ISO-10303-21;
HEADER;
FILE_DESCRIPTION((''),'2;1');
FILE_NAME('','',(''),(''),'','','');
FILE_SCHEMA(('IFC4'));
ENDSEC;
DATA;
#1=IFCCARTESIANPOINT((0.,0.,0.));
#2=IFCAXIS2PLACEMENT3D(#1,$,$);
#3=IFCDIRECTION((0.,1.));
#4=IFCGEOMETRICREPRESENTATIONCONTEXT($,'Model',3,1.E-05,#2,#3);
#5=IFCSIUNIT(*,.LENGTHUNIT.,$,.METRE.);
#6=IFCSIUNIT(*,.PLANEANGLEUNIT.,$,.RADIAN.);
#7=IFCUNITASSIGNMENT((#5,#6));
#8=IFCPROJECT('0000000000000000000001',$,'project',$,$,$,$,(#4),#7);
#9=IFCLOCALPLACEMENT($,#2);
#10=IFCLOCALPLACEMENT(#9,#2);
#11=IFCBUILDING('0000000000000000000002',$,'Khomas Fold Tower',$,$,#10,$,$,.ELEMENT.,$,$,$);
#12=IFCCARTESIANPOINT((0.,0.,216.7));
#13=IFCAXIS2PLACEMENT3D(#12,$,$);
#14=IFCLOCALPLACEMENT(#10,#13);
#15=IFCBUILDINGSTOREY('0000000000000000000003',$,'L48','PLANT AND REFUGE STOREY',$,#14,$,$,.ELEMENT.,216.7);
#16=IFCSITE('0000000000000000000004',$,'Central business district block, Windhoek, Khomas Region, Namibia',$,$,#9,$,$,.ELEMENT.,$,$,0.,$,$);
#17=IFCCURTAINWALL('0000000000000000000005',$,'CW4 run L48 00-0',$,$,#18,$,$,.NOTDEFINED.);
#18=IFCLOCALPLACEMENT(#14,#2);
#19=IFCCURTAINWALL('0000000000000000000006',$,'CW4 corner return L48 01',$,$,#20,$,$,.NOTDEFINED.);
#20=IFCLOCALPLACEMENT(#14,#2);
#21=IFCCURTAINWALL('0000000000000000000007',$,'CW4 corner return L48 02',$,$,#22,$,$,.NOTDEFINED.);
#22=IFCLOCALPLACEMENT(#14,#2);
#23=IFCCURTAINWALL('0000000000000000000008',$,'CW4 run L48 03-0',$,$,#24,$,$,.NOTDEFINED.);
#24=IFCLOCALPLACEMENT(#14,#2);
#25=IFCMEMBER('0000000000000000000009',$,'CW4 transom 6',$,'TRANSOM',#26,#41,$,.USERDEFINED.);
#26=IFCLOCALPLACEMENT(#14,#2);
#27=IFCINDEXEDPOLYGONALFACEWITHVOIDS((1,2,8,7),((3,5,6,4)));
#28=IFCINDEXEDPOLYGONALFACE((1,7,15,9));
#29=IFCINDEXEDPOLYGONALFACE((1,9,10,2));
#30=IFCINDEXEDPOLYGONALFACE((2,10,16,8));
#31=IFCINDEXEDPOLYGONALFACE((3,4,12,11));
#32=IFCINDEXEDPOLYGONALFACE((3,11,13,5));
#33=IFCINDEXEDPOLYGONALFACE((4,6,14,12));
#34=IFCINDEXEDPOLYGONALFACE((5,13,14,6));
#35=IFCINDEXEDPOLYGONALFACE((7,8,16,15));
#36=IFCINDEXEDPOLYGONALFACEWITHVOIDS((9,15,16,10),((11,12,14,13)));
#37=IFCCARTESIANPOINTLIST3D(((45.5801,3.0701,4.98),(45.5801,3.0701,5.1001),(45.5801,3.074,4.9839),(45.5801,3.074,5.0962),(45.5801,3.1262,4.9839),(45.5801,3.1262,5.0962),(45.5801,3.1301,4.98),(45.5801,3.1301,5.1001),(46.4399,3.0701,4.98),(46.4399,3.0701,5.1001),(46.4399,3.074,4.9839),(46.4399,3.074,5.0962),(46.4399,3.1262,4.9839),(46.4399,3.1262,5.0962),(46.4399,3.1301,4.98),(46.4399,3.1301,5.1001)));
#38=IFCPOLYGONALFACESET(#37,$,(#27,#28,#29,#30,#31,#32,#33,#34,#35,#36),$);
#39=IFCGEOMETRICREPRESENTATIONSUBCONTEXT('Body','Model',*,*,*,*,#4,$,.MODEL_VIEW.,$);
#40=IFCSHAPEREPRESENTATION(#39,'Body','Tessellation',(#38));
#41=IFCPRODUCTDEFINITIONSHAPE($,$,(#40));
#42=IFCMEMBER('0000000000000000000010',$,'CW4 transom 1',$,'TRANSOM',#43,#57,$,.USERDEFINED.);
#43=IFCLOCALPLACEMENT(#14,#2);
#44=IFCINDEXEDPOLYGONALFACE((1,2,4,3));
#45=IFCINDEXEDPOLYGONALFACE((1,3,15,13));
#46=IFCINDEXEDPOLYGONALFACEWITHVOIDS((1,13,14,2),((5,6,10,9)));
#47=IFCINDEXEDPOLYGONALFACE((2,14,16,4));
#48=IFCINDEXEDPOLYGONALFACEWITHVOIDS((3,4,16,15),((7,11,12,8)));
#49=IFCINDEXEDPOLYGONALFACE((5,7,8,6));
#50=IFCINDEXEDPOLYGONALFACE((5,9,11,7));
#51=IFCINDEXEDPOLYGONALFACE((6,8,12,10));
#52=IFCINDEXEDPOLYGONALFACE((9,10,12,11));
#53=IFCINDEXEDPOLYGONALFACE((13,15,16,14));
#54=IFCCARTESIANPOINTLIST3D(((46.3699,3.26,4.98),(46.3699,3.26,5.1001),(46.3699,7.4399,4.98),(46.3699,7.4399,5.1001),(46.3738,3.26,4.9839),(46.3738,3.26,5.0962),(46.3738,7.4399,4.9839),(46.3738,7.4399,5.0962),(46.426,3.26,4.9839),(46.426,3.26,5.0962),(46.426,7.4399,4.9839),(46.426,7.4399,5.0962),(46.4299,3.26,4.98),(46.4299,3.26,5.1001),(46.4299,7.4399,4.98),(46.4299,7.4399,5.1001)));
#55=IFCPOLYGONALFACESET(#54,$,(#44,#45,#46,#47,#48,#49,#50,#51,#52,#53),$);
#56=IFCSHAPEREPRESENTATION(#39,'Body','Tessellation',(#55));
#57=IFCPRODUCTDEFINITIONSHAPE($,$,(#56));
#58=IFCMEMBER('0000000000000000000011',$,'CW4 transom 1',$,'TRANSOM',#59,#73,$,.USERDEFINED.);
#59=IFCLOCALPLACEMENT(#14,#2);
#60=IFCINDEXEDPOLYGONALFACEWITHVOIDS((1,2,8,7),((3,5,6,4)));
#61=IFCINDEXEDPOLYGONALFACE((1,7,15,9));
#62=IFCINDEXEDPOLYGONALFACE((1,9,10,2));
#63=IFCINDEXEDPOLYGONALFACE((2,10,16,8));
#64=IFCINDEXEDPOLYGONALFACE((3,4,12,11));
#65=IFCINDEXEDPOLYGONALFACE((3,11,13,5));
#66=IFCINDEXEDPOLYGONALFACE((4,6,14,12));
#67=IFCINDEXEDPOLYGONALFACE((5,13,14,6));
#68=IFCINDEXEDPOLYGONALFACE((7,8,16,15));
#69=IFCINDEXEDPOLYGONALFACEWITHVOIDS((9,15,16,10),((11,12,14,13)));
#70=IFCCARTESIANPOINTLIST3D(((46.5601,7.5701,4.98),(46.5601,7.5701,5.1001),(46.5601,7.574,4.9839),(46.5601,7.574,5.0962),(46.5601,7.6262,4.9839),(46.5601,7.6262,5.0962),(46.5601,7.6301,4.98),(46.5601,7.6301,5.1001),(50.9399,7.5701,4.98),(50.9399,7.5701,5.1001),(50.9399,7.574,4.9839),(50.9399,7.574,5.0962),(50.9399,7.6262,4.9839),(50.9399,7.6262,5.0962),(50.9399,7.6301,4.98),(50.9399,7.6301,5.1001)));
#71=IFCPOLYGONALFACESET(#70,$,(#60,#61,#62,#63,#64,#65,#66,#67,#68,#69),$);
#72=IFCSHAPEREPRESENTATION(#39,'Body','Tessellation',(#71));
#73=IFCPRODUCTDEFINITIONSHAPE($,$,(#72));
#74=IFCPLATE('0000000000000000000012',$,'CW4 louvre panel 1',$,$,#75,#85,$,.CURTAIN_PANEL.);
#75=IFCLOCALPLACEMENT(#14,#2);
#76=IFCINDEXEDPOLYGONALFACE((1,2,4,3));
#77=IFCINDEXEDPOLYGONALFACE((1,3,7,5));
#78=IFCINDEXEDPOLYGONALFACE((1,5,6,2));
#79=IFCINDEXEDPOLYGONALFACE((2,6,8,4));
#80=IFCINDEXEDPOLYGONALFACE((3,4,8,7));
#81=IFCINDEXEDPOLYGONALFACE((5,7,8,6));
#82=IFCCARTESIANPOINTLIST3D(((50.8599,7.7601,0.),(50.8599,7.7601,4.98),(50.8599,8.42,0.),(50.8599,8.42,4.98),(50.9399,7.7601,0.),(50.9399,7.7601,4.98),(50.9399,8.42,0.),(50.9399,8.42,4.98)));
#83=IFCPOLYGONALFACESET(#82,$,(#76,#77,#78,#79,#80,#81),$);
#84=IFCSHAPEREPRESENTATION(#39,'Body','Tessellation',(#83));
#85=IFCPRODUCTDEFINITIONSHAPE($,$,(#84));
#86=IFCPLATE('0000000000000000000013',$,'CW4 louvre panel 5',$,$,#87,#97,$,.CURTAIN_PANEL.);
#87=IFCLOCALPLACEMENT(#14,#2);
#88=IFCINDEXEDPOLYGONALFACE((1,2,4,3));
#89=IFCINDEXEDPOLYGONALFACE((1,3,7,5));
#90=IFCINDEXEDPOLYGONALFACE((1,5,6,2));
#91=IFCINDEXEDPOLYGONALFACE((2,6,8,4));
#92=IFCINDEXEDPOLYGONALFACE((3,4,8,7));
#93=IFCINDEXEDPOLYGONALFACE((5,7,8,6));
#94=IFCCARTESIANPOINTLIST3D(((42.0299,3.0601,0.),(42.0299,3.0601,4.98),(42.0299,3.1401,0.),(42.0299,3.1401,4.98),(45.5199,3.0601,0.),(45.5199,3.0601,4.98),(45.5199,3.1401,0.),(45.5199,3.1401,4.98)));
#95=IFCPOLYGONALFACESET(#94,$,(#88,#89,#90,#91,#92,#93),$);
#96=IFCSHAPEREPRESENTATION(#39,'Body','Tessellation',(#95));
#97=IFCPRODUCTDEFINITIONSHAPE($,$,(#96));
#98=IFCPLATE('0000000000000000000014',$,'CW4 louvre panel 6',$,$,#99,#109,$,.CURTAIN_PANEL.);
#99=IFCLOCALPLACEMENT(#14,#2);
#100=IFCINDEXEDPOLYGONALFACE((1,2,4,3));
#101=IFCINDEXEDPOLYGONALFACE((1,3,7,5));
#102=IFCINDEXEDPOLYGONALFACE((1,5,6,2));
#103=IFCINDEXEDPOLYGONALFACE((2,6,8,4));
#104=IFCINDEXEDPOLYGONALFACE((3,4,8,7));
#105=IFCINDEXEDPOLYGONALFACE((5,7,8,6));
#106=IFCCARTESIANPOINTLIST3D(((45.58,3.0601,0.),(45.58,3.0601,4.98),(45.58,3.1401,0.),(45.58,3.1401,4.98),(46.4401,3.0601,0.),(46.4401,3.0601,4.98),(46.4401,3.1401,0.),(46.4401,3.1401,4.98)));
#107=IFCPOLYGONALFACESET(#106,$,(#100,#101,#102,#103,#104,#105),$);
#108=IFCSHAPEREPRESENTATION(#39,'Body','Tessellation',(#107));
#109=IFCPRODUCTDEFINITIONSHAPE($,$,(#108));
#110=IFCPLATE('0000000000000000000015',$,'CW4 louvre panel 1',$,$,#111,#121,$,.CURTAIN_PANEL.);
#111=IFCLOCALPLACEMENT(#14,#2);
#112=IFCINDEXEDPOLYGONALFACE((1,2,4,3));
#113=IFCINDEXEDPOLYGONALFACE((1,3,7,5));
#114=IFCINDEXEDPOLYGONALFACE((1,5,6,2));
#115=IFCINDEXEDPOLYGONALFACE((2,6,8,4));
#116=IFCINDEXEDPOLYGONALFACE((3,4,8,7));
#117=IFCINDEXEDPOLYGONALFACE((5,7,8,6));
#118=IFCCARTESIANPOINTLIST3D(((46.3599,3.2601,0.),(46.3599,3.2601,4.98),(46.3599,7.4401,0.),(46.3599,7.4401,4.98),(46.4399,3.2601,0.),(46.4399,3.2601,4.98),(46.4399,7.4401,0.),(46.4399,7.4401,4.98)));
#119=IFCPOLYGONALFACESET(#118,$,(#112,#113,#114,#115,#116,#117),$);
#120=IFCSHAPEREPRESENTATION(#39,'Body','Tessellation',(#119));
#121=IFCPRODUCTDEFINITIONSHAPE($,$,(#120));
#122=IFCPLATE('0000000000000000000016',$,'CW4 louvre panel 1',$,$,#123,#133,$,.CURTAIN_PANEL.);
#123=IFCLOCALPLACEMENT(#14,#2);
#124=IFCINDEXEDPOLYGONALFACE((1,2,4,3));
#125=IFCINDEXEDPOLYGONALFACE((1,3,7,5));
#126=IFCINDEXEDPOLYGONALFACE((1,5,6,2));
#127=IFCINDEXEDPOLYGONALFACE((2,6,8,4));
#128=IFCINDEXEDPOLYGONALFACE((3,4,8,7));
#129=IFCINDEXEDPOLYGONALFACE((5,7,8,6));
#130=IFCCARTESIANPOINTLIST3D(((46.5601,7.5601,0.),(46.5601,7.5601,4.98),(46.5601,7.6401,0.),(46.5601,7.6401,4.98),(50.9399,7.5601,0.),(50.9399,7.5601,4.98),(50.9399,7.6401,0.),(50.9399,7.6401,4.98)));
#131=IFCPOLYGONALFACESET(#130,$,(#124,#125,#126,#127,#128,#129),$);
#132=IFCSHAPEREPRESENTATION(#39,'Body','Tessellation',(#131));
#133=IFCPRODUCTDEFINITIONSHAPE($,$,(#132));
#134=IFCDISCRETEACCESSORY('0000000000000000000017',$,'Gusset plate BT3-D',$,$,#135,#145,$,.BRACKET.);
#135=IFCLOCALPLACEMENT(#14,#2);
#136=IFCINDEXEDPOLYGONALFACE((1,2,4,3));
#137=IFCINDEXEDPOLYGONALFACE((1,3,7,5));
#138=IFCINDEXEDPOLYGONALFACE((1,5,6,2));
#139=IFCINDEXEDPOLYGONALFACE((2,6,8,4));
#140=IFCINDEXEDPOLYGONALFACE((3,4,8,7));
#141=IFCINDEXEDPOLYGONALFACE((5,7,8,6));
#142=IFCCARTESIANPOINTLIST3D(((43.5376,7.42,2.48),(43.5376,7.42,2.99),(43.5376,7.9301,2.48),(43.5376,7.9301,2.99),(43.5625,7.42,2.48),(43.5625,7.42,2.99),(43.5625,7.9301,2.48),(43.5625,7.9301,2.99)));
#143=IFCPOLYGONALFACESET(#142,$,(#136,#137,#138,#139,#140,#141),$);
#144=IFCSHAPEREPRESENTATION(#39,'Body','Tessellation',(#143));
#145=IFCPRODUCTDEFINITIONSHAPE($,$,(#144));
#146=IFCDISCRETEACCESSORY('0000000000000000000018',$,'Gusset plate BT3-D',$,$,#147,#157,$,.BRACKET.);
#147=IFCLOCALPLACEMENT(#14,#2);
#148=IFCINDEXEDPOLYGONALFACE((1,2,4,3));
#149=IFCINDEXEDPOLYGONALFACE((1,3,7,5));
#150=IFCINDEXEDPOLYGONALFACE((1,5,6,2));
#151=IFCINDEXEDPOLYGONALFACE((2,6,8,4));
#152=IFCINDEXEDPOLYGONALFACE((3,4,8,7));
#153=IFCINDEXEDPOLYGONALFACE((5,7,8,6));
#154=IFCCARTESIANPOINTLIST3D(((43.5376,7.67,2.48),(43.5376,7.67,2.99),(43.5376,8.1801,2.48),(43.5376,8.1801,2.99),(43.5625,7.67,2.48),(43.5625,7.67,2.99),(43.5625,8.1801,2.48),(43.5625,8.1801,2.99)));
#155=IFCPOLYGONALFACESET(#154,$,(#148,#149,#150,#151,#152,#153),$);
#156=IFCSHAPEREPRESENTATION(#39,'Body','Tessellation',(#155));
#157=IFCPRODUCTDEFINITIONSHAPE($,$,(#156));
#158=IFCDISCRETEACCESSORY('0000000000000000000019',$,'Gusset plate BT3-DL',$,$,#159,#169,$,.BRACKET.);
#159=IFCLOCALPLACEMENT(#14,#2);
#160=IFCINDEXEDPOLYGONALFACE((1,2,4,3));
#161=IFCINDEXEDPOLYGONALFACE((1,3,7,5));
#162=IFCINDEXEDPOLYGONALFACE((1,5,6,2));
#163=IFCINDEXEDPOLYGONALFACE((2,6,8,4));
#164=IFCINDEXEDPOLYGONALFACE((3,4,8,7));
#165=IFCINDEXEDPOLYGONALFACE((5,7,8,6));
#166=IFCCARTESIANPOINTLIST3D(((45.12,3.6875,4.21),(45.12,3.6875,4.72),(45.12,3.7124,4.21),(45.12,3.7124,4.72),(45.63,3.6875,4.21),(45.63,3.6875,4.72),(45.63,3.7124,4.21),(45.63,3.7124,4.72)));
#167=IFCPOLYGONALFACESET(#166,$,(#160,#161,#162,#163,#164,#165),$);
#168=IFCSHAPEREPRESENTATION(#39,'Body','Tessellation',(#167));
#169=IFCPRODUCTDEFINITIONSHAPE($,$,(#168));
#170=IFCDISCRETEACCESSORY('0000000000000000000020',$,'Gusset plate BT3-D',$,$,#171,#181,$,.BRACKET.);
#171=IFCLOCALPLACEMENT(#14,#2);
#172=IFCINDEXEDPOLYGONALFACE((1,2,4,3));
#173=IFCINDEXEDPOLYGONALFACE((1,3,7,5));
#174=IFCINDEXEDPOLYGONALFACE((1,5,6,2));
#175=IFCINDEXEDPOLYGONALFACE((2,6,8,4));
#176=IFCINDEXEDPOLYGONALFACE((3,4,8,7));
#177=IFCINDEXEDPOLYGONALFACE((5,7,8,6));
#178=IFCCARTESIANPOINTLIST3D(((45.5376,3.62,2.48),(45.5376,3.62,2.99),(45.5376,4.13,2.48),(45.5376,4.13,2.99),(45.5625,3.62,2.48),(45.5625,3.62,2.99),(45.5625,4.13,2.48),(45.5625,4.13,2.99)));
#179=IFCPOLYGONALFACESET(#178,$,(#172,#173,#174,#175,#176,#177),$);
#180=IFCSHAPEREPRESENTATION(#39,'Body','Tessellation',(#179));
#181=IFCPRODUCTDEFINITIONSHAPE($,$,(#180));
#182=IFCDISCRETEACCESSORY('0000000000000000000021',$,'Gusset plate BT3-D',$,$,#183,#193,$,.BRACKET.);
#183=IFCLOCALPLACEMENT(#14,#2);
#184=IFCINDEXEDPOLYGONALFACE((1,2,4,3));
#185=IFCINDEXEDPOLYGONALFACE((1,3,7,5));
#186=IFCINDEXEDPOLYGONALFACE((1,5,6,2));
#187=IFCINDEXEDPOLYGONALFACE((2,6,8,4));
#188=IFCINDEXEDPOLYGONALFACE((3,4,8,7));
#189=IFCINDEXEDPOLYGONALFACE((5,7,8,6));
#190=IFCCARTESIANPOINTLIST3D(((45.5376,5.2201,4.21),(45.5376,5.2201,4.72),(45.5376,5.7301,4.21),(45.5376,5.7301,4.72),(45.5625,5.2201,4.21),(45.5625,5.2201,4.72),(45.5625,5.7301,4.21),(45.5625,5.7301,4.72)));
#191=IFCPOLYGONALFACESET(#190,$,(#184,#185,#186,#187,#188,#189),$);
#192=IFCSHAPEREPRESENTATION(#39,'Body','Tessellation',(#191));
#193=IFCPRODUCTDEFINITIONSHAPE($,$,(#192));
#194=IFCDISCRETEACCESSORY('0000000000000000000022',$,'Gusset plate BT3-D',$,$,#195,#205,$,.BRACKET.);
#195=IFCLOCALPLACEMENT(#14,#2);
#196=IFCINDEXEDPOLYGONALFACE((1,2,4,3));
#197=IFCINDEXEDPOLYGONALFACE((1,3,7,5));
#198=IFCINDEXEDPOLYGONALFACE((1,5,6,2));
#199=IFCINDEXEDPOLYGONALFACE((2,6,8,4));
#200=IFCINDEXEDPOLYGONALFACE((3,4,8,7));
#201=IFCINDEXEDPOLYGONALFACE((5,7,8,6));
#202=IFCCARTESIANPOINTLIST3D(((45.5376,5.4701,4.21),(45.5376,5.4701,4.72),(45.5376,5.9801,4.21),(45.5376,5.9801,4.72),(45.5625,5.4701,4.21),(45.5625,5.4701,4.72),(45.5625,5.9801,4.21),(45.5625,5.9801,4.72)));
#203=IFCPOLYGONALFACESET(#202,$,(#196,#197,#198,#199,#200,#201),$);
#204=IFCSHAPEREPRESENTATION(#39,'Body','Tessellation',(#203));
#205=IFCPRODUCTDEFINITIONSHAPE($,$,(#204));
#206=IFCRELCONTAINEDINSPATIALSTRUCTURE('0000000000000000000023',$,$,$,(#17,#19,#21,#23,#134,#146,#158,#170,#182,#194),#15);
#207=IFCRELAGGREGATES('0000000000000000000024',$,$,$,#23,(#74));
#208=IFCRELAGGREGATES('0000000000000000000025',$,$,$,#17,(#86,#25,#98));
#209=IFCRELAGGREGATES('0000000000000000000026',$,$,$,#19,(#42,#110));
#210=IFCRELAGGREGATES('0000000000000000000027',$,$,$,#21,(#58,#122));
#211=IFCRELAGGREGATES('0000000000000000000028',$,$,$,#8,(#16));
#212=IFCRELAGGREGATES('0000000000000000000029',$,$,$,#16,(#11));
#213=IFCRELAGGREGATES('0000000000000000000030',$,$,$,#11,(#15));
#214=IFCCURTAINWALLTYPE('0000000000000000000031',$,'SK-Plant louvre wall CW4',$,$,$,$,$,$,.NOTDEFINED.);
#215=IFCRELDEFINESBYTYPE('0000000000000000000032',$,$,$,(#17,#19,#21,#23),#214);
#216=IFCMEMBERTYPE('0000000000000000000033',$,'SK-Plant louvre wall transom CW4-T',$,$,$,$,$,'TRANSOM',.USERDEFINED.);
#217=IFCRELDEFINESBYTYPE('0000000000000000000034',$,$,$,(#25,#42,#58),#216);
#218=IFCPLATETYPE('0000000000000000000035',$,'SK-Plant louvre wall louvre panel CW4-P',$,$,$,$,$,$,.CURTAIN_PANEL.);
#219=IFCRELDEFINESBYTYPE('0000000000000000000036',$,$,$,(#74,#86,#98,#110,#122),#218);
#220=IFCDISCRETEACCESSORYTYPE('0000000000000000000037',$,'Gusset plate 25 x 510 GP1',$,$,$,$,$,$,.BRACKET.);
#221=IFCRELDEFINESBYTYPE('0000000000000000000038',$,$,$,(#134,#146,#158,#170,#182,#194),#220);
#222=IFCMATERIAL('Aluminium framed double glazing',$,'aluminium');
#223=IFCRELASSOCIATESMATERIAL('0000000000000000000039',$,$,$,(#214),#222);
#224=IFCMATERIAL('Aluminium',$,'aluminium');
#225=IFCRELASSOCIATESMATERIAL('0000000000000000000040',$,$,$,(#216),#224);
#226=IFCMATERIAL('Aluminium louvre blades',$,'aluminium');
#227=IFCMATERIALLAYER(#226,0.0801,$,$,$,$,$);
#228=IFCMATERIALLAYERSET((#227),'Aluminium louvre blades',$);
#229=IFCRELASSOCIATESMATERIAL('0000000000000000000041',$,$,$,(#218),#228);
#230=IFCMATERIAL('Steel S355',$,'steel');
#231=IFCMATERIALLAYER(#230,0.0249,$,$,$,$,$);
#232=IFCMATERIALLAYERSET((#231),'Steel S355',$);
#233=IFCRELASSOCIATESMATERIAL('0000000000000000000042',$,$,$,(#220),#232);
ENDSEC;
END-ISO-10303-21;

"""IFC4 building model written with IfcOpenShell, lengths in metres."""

from ifc_helpers import new_model, si_unit, direction, frame, origin, origin_2d, place, context, subcontext, project, spatial, rectangle, hollow_rectangle, extrude, source, transform, mapped, material, layer, layer_set, material_profile, profile_set, type_object, element, aggregate, save


model = new_model("IFC4")

# Units and contexts
model_context = context("Model", 3, precision=1e-05, world=origin(), true_north=direction((0.0, 1.0)))
body_context = subcontext(model_context, "Body", "Model", "MODEL_VIEW")
ifc_project = project(units=[si_unit("LENGTHUNIT", "METRE"), si_unit("PLANEANGLEUNIT", "RADIAN")], contexts=[model_context])

# Site, building, storey
site_placement = place(None, origin())
site = spatial("IfcSite", under=ifc_project, at=site_placement, Name="Central business district block, Windhoek, Khomas Region, Namibia", CompositionType="ELEMENT", RefElevation=0.0)
building_placement = place(site_placement, origin())
building = spatial("IfcBuilding", under=site, at=building_placement, Name="Khomas Fold Tower", CompositionType="ELEMENT")
storey_placement = place(building_placement, frame((0.0, 0.0, 216.7)))
storey = spatial("IfcBuildingStorey", under=building, at=storey_placement, Name="L48", Description="PLANT AND REFUGE STOREY", CompositionType="ELEMENT", Elevation=216.7)

# Curtain walls
ifc_material_1 = material(Name="Aluminium framed double glazing", Category="aluminium")
curtain_wall_type = type_object("IfcCurtainWallType", Name="SK-Plant louvre wall CW4", PredefinedType="NOTDEFINED", material=ifc_material_1)
curtain_wall_1_placement = place(storey_placement, origin())
curtain_wall_1 = element("IfcCurtainWall", 1, at=curtain_wall_1_placement, inside=storey, type_object=curtain_wall_type, Name="CW4 run L48 00-0", PredefinedType="NOTDEFINED")
curtain_wall_2_placement = place(storey_placement, origin())
curtain_wall_2 = element("IfcCurtainWall", 2, at=curtain_wall_2_placement, inside=storey, type_object=curtain_wall_type, Name="CW4 corner return L48 01", PredefinedType="NOTDEFINED")
curtain_wall_3_placement = place(storey_placement, origin())
curtain_wall_3 = element("IfcCurtainWall", 3, at=curtain_wall_3_placement, inside=storey, type_object=curtain_wall_type, Name="CW4 corner return L48 02", PredefinedType="NOTDEFINED")

# Curtain wall
curtain_wall_4_placement = place(storey_placement, origin())
curtain_wall_4 = element("IfcCurtainWall", 4, at=curtain_wall_4_placement, inside=storey, type_object=curtain_wall_type, Name="CW4 run L48 03-0", PredefinedType="NOTDEFINED")
ifc_material_2 = material(Name="Aluminium", Category="aluminium")
ifc_material_profile_1 = material_profile(ifc_material_2, hollow_rectangle(XDim=0.0601, YDim=0.1201, WallThickness=0.0039, at=origin_2d()), Name="SK-Plant louvre wall transom CW4-T")
ifc_profile_set_1 = profile_set([ifc_material_profile_1], Name="Aluminium")
member_type_1 = type_object("IfcMemberType", Name="SK-Plant louvre wall transom CW4-T", ElementType="TRANSOM", PredefinedType="USERDEFINED", material=ifc_profile_set_1)

# Members
shared_shape_1 = source(origin(), body_context, "Body", "SweptSolid", [
    extrude(hollow_rectangle(XDim=0.0601, YDim=0.1201, WallThickness=0.0039, at=origin_2d()), origin(), (0.0, 0.0, 1.0), 0.8599),
])
member_1_placement = place(storey_placement, frame((45.5801, 3.1001, 5.04), z_axis=(1.0, 0.0, 0.0), x_axis=(0.0, 1.0, 0.0)))
member_1 = element("IfcMember", 5, at=member_1_placement, type_object=member_type_1, Name="CW4 transom 6", ObjectType="TRANSOM", PredefinedType="USERDEFINED", context=body_context, shape_type="MappedRepresentation", body=[
    mapped(shared_shape_1, transform((0.0, 0.0, 0.0))),
])
shared_shape_2 = source(origin(), body_context, "Body", "SweptSolid", [
    extrude(hollow_rectangle(XDim=0.0601, YDim=0.1201, WallThickness=0.0039, at=origin_2d()), origin(), (0.0, 0.0, 1.0), 4.1799),
])
member_2_placement = place(storey_placement, frame((46.3999, 3.26, 5.04), z_axis=(0.0, 1.0, 0.0), x_axis=(-1.0, 0.0, 0.0)))
member_2 = element("IfcMember", 6, at=member_2_placement, type_object=member_type_1, Name="CW4 transom 1", ObjectType="TRANSOM", PredefinedType="USERDEFINED", context=body_context, shape_type="MappedRepresentation", body=[
    mapped(shared_shape_2, transform((0.0, 0.0, 0.0))),
])
shared_shape_3 = source(origin(), body_context, "Body", "SweptSolid", [
    extrude(hollow_rectangle(XDim=0.0601, YDim=0.1201, WallThickness=0.0039, at=origin_2d()), origin(), (0.0, 0.0, 1.0), 4.3799),
])
member_3_placement = place(storey_placement, frame((46.5601, 7.6001, 5.04), z_axis=(1.0, 0.0, 0.0), x_axis=(0.0, 1.0, 0.0)))
member_3 = element("IfcMember", 7, at=member_3_placement, type_object=member_type_1, Name="CW4 transom 1", ObjectType="TRANSOM", PredefinedType="USERDEFINED", context=body_context, shape_type="MappedRepresentation", body=[
    mapped(shared_shape_3, transform((0.0, 0.0, 0.0))),
])

# Plates
ifc_material_3 = material(Name="Aluminium louvre blades", Category="aluminium")
ifc_layer_1 = layer(ifc_material_3, 0.0801)
ifc_layer_set_1 = layer_set([ifc_layer_1], Name="Aluminium louvre blades")
plate_type = type_object("IfcPlateType", Name="SK-Plant louvre wall louvre panel CW4-P", PredefinedType="CURTAIN_PANEL", material=ifc_layer_set_1)
shared_shape_4 = source(origin(), body_context, "Body", "SweptSolid", [
    extrude(rectangle(XDim=0.6599, YDim=0.0801, at=origin_2d()), origin(), (0.0, 0.0, 1.0), 4.98),
])
plate_1_placement = place(storey_placement, frame((50.8999, 8.0901, 0.0), z_axis=(0.0, 0.0, 1.0), x_axis=(0.0, 1.0, 0.0)))
plate_1 = element("IfcPlate", 8, at=plate_1_placement, type_object=plate_type, Name="CW4 louvre panel 1", PredefinedType="CURTAIN_PANEL", context=body_context, shape_type="MappedRepresentation", body=[
    mapped(shared_shape_4, transform((0.0, 0.0, 0.0))),
])
aggregate(curtain_wall_4, [plate_1])
shared_shape_5 = source(origin(), body_context, "Body", "SweptSolid", [
    extrude(rectangle(XDim=3.49, YDim=0.0801, at=origin_2d()), origin(), (0.0, 0.0, 1.0), 4.98),
])
plate_2_placement = place(storey_placement, frame((43.7749, 3.1001, 0.0), z_axis=(0.0, 0.0, 1.0), x_axis=(1.0, 0.0, 0.0)))
plate_2 = element("IfcPlate", 9, at=plate_2_placement, type_object=plate_type, Name="CW4 louvre panel 5", PredefinedType="CURTAIN_PANEL", context=body_context, shape_type="MappedRepresentation", body=[
    mapped(shared_shape_5, transform((0.0, 0.0, 0.0))),
])
shared_shape_6 = source(origin(), body_context, "Body", "SweptSolid", [
    extrude(rectangle(XDim=0.8601, YDim=0.0801, at=origin_2d()), origin(), (0.0, 0.0, 1.0), 4.98),
])
plate_3_placement = place(storey_placement, frame((46.01, 3.1001, 0.0), z_axis=(0.0, 0.0, 1.0), x_axis=(1.0, 0.0, 0.0)))
plate_3 = element("IfcPlate", 10, at=plate_3_placement, type_object=plate_type, Name="CW4 louvre panel 6", PredefinedType="CURTAIN_PANEL", context=body_context, shape_type="MappedRepresentation", body=[
    mapped(shared_shape_6, transform((0.0, 0.0, 0.0))),
])
aggregate(curtain_wall_1, [plate_2, member_1, plate_3])
shared_shape_7 = source(origin(), body_context, "Body", "SweptSolid", [
    extrude(rectangle(XDim=4.1799, YDim=0.0801, at=origin_2d()), origin(), (0.0, 0.0, 1.0), 4.98),
])
plate_4_placement = place(storey_placement, frame((46.3999, 5.3501, 0.0), z_axis=(0.0, 0.0, 1.0), x_axis=(0.0, 1.0, 0.0)))
plate_4 = element("IfcPlate", 11, at=plate_4_placement, type_object=plate_type, Name="CW4 louvre panel 1", PredefinedType="CURTAIN_PANEL", context=body_context, shape_type="MappedRepresentation", body=[
    mapped(shared_shape_7, transform((0.0, 0.0, 0.0))),
])
aggregate(curtain_wall_2, [member_2, plate_4])
shared_shape_8 = source(origin(), body_context, "Body", "SweptSolid", [
    extrude(rectangle(XDim=4.3799, YDim=0.0801, at=origin_2d()), origin(), (0.0, 0.0, 1.0), 4.98),
])
plate_5_placement = place(storey_placement, frame((48.75, 7.6001, 0.0), z_axis=(0.0, 0.0, 1.0), x_axis=(1.0, 0.0, 0.0)))
plate_5 = element("IfcPlate", 12, at=plate_5_placement, type_object=plate_type, Name="CW4 louvre panel 1", PredefinedType="CURTAIN_PANEL", context=body_context, shape_type="MappedRepresentation", body=[
    mapped(shared_shape_8, transform((0.0, 0.0, 0.0))),
])
aggregate(curtain_wall_3, [member_3, plate_5])

# Discrete accessories
ifc_material_4 = material(Name="Steel S355", Category="steel")
ifc_layer_2 = layer(ifc_material_4, 0.0249)
ifc_layer_set_2 = layer_set([ifc_layer_2], Name="Steel S355")
discrete_accessory_type = type_object("IfcDiscreteAccessoryType", Name="Gusset plate 25 x 510 GP1", PredefinedType="BRACKET", material=ifc_layer_set_2)
shared_shape_9 = source(origin(), body_context, "Body", "SweptSolid", [
    extrude(rectangle(XDim=0.51, YDim=0.0249, at=origin_2d()), origin(), (0.0, 0.0, 1.0), 0.51),
])
for number, where, z_axis, x_axis, name in (
    (13, (43.55, 7.675, 2.48), (0.0, 0.0, 1.0), (0.0, 1.0, 0.0), "Gusset plate BT3-D"),
    (14, (43.55, 7.925, 2.48), (0.0, 0.0, 1.0), (0.0, 1.0, 0.0), "Gusset plate BT3-D"),
    (15, (45.375, 3.7, 4.21), (0.0, 0.0, 1.0), (1.0, 0.0, 0.0), "Gusset plate BT3-DL"),
    (16, (45.55, 3.875, 2.48), (0.0, 0.0, 1.0), (0.0, 1.0, 0.0), "Gusset plate BT3-D"),
    (17, (45.55, 5.4751, 4.21), (0.0, 0.0, 1.0), (0.0, 1.0, 0.0), "Gusset plate BT3-D"),
    (18, (45.55, 5.7251, 4.21), (0.0, 0.0, 1.0), (0.0, 1.0, 0.0), "Gusset plate BT3-D"),
):
    element("IfcDiscreteAccessory", number, at=place(storey_placement, frame(where, z_axis=z_axis, x_axis=x_axis)), inside=storey, type_object=discrete_accessory_type, Name=name, PredefinedType="BRACKET", context=body_context, shape_type="MappedRepresentation", body=[
        mapped(shared_shape_9, transform((0.0, 0.0, 0.0))),
    ])

save(model, "model.ifc")
